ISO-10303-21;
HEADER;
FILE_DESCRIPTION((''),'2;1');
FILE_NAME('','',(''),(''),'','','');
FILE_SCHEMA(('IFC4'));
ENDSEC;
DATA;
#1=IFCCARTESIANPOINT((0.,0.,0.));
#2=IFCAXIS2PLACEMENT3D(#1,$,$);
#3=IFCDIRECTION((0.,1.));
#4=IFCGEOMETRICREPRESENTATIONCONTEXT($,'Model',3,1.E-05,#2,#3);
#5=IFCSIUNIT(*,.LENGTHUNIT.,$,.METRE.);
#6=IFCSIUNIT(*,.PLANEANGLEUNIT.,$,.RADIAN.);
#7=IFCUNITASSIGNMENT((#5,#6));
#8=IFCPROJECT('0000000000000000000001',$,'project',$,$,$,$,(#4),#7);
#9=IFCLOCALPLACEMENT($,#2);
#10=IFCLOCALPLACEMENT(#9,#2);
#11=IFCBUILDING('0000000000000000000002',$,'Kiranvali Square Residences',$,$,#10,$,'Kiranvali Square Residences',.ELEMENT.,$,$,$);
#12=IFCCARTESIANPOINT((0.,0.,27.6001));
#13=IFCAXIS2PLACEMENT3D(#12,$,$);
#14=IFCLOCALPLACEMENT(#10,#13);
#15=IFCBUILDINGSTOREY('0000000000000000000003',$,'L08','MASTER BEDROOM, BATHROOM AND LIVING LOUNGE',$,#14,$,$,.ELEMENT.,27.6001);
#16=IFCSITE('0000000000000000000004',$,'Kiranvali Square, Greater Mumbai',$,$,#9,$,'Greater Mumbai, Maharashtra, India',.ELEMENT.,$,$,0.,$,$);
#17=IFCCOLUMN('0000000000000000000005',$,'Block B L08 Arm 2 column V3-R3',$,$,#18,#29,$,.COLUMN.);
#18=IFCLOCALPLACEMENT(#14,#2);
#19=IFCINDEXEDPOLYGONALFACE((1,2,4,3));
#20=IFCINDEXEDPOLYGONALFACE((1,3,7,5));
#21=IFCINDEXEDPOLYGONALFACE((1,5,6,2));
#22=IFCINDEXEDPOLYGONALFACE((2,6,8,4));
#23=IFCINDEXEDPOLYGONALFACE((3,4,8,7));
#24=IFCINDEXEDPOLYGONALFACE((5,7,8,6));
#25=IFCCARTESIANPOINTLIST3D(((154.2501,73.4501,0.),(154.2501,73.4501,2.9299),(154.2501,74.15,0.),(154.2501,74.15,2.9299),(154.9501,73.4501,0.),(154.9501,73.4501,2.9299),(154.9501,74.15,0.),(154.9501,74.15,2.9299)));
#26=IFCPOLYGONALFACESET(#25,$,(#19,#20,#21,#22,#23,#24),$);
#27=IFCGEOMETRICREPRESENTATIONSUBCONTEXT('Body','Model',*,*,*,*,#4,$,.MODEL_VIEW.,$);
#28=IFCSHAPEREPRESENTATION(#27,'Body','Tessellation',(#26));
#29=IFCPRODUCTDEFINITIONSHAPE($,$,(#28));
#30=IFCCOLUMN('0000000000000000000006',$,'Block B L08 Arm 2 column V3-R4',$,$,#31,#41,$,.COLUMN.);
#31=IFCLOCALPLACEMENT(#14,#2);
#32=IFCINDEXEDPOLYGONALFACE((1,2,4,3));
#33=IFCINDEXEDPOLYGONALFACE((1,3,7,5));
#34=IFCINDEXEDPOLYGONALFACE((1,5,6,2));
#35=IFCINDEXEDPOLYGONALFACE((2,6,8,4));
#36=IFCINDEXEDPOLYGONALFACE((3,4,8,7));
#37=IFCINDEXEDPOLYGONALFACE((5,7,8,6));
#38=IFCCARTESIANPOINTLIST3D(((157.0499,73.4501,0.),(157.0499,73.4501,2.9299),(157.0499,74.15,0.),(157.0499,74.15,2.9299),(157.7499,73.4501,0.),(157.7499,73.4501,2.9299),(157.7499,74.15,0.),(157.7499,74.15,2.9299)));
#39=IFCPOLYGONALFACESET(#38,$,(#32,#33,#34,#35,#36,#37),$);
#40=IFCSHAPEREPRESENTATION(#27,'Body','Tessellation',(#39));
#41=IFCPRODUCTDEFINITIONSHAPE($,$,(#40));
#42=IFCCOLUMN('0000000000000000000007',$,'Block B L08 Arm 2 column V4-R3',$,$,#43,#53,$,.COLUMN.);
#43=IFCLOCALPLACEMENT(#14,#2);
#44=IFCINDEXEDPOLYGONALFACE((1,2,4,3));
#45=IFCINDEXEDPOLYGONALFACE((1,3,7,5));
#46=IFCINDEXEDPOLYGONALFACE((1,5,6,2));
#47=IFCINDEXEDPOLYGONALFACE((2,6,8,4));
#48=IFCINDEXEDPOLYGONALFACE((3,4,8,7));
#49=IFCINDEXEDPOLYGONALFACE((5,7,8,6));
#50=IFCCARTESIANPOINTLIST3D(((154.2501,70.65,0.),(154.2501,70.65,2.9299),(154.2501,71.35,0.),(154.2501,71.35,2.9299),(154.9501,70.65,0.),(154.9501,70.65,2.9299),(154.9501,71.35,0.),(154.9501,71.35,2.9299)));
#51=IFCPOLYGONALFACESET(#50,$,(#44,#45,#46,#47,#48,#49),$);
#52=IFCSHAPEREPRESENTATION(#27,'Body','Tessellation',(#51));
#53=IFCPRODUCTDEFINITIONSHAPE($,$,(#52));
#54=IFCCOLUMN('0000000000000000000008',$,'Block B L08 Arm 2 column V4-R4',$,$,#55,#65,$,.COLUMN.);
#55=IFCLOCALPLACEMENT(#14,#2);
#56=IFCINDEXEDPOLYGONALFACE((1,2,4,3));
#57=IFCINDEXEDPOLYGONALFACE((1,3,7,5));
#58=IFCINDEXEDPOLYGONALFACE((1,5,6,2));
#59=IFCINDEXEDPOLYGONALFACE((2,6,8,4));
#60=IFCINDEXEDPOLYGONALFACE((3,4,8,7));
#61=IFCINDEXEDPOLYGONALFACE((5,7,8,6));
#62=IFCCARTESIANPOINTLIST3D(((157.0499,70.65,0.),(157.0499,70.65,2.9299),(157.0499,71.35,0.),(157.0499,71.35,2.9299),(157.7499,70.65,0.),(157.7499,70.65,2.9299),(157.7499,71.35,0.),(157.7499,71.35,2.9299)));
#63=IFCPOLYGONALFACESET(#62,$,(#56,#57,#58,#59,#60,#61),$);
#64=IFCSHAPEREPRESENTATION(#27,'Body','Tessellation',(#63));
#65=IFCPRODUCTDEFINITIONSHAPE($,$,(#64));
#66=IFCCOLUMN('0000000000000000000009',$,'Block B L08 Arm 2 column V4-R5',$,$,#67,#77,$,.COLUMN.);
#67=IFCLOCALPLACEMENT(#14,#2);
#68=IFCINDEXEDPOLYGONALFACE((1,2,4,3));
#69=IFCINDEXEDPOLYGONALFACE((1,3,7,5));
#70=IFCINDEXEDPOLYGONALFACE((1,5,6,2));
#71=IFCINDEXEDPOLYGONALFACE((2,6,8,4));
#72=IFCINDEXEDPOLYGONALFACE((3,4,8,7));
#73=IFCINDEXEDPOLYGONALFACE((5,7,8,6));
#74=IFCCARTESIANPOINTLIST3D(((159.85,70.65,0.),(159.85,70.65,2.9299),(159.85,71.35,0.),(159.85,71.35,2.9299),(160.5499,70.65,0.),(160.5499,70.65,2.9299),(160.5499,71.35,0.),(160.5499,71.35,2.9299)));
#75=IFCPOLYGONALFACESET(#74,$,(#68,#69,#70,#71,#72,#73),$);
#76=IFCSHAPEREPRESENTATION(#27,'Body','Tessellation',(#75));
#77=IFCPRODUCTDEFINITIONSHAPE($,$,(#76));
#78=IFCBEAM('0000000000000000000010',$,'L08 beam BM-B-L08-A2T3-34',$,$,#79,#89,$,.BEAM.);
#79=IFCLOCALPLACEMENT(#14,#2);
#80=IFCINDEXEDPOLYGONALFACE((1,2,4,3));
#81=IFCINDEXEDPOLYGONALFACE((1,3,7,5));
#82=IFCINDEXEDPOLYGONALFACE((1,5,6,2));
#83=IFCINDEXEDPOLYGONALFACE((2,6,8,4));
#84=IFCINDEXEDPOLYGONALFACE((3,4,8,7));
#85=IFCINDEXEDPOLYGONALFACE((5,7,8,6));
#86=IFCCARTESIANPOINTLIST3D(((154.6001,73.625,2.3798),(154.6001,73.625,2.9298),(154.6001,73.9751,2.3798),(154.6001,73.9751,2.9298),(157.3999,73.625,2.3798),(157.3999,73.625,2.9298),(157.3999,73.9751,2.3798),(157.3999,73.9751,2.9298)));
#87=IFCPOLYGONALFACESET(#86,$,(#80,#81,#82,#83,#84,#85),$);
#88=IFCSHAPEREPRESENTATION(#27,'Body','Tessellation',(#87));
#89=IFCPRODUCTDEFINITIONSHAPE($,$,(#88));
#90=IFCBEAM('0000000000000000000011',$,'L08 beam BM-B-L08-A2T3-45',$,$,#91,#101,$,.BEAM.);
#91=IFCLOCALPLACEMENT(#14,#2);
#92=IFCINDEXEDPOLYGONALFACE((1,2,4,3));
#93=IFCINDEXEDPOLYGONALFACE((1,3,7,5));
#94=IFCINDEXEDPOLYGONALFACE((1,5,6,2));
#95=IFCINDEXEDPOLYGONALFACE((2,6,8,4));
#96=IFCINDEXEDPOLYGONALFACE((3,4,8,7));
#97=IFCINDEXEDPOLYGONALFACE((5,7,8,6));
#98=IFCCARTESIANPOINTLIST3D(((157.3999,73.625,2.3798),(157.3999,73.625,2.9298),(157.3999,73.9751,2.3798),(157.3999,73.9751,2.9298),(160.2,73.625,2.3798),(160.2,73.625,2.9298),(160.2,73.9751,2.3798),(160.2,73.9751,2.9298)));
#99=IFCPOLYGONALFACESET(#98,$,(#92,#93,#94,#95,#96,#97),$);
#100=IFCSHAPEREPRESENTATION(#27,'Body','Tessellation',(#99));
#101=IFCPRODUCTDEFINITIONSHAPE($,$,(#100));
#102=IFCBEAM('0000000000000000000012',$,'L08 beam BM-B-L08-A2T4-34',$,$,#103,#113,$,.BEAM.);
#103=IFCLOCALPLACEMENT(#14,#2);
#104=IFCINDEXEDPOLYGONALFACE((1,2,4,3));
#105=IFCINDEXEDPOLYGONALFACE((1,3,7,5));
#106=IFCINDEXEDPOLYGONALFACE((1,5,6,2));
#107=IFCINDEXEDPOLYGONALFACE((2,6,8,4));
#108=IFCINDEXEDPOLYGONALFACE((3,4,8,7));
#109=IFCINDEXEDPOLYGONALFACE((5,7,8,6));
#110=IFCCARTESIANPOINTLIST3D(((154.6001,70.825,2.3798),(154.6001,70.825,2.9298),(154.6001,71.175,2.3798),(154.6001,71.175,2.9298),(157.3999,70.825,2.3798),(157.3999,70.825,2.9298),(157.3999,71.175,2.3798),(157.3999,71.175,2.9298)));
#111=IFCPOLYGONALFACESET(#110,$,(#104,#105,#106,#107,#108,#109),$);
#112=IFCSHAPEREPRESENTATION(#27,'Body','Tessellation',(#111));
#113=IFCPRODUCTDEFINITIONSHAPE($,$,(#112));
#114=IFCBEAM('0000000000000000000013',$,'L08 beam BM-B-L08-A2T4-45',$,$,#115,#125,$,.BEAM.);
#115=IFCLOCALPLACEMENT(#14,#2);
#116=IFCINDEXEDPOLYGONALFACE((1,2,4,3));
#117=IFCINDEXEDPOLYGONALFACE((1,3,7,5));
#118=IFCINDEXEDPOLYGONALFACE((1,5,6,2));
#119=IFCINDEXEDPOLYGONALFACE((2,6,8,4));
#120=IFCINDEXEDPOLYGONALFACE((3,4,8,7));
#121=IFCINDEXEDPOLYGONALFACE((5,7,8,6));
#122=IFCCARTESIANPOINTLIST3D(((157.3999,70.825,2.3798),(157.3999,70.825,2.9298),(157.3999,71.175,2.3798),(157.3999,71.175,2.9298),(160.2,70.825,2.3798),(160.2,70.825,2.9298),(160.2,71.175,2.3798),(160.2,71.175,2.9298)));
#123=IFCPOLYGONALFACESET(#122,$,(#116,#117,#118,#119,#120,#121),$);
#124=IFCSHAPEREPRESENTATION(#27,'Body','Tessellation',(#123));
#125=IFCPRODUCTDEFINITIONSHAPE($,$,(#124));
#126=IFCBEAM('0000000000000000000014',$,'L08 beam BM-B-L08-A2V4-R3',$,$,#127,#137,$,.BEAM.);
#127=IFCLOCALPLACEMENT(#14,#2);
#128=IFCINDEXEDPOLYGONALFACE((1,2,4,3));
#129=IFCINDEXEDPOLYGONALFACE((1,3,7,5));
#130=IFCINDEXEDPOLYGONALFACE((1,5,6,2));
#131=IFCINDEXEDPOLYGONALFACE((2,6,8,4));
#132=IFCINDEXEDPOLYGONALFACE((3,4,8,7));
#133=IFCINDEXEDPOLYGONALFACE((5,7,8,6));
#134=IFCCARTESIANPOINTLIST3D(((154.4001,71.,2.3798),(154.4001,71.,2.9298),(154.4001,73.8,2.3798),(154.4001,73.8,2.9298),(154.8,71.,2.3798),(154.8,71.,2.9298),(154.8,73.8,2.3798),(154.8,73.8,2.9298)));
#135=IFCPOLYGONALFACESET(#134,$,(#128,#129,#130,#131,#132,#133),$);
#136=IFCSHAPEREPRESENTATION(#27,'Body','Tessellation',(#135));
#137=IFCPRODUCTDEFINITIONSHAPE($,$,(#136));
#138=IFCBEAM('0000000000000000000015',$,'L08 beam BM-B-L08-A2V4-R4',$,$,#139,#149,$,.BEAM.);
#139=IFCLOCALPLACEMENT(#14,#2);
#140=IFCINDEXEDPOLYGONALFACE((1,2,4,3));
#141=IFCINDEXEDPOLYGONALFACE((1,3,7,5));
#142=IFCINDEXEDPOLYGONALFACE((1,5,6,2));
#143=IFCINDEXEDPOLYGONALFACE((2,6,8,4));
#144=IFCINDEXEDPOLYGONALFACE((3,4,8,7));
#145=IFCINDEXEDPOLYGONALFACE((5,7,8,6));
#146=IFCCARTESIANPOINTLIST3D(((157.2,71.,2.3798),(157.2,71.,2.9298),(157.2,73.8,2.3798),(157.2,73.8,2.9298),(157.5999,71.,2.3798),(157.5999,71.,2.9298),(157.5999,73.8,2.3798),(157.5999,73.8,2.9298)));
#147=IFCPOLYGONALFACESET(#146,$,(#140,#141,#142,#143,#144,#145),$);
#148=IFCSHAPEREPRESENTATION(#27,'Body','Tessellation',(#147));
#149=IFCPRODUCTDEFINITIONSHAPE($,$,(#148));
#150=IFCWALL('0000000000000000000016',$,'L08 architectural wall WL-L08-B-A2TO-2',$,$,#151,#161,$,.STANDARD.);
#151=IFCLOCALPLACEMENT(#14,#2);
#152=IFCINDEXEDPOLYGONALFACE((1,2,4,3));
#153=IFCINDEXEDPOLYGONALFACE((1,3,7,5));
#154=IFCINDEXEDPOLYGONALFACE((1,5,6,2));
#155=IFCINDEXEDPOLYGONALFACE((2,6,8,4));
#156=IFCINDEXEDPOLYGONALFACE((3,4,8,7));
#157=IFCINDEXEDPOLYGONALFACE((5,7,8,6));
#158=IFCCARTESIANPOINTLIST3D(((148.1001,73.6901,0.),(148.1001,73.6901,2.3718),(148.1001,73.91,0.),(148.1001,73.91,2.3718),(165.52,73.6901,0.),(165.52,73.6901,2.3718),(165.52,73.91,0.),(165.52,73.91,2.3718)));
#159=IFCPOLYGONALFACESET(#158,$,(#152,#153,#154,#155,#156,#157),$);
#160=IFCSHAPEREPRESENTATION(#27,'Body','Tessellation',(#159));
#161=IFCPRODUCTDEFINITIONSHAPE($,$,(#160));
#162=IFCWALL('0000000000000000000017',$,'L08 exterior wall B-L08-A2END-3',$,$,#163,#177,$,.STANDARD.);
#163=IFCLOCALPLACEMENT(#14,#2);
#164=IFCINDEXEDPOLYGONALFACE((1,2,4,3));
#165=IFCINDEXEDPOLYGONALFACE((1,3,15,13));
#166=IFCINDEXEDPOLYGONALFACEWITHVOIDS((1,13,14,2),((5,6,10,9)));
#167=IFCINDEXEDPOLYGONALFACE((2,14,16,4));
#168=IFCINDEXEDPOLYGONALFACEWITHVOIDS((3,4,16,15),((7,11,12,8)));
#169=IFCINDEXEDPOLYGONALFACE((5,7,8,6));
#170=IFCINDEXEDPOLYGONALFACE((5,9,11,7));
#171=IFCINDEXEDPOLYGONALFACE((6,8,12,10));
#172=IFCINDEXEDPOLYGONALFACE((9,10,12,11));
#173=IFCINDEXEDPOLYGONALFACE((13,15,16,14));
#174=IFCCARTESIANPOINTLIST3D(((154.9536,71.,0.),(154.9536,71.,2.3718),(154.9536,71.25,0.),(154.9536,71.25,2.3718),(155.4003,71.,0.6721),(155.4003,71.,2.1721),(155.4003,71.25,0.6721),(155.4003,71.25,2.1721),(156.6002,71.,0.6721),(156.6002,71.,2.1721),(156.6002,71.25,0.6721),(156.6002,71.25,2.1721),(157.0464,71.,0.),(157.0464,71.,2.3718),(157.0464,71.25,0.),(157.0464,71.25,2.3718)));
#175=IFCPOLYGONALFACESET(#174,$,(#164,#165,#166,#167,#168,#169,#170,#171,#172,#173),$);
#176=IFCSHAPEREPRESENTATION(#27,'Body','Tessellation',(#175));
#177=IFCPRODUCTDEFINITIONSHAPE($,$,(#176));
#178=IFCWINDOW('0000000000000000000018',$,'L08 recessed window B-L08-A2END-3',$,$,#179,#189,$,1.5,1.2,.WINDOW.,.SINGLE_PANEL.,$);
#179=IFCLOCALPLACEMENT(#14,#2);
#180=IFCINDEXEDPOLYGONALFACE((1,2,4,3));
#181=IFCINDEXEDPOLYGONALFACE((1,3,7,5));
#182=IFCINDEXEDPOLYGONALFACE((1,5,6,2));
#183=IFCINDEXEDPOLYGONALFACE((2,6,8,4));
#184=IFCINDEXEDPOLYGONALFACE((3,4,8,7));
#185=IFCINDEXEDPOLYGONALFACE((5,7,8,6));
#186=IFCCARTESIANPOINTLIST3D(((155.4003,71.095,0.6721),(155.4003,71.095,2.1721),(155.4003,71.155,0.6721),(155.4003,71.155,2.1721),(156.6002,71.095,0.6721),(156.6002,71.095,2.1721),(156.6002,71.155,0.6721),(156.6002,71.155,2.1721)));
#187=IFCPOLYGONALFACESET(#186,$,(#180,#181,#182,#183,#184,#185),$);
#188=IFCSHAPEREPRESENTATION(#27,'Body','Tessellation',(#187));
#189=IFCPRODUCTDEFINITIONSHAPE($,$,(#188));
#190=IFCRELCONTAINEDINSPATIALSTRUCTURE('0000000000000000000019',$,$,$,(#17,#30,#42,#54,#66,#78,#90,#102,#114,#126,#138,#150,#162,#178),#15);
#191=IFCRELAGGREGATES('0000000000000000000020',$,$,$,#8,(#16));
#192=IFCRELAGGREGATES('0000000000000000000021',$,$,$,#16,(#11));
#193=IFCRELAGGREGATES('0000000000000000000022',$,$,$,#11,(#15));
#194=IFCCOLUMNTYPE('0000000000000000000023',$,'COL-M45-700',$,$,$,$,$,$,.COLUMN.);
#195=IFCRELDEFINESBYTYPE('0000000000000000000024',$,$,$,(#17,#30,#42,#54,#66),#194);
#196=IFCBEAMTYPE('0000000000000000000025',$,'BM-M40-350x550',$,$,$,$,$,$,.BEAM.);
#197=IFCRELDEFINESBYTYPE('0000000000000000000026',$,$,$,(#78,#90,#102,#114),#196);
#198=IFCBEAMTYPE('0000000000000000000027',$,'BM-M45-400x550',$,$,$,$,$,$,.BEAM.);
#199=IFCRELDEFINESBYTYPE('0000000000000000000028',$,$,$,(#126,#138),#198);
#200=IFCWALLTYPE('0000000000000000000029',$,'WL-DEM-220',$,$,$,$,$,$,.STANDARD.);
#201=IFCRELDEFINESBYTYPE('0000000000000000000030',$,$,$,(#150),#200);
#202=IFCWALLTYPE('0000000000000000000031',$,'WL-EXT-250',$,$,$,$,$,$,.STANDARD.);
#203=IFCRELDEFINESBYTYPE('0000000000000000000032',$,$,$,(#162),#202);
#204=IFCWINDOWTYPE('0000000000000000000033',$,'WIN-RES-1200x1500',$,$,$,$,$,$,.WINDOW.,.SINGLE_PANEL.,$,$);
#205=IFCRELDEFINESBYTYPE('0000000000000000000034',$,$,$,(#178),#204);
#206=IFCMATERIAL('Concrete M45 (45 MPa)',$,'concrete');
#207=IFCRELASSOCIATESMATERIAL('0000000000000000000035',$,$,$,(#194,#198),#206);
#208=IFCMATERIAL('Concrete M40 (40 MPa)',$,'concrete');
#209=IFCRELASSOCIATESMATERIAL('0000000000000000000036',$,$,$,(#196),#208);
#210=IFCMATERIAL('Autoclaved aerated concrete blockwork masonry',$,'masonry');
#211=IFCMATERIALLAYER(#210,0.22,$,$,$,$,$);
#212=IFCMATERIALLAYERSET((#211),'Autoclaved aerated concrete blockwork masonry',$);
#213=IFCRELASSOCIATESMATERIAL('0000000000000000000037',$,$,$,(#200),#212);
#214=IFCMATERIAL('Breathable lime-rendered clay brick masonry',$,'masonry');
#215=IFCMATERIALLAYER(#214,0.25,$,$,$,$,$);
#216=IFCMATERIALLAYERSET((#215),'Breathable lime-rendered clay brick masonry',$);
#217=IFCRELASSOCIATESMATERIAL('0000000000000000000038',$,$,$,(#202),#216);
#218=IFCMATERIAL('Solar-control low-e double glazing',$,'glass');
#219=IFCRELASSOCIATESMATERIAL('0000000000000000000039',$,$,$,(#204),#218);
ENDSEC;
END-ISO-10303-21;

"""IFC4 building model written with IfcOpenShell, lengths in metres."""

from ifc_helpers import new_model, si_unit, direction, frame, frame_2d, origin, origin_2d, place, context, subcontext, project, spatial, rectangle, extrude, material, layer, layer_set, material_profile, profile_set, type_object, element, fill, save


model = new_model("IFC4")

# Units and contexts
model_context = context("Model", 3, precision=1e-05, world=origin(), true_north=direction((0.0, 1.0)))
body_context = subcontext(model_context, "Body", "Model", "MODEL_VIEW")
ifc_project = project(units=[si_unit("LENGTHUNIT", "METRE"), si_unit("PLANEANGLEUNIT", "RADIAN")], contexts=[model_context])

# Site, building, storey
site_placement = place(None, origin())
site = spatial("IfcSite", under=ifc_project, at=site_placement, Name="Kiranvali Square, Greater Mumbai", LongName="Greater Mumbai, Maharashtra, India", CompositionType="ELEMENT", RefElevation=0.0)
building_placement = place(site_placement, origin())
building = spatial("IfcBuilding", under=site, at=building_placement, Name="Kiranvali Square Residences", LongName="Kiranvali Square Residences", CompositionType="ELEMENT")
storey_placement = place(building_placement, frame((0.0, 0.0, 27.6001)))
storey = spatial("IfcBuildingStorey", under=building, at=storey_placement, Name="L08", Description="MASTER BEDROOM, BATHROOM AND LIVING LOUNGE", CompositionType="ELEMENT", Elevation=27.6001)

# Columns
ifc_material_1 = material(Name="Concrete M45 (45 MPa)", Category="concrete")
ifc_material_profile_1 = material_profile(ifc_material_1, rectangle(XDim=0.7, YDim=0.7, at=origin_2d()), Name="RC 700x700")
ifc_profile_set_1 = profile_set([ifc_material_profile_1], Name="Concrete M45 (45 MPa)")
column_type = type_object("IfcColumnType", Name="COL-M45-700", PredefinedType="COLUMN", material=ifc_profile_set_1)
for number, where, z_axis, x_axis, name in (
    (1, (154.6001, 73.8, 0.0), (0.0, 0.0, 1.0), (1.0, 0.0, 0.0), "Block B L08 Arm 2 column V3-R3"),
    (2, (157.3999, 73.8, 0.0), (0.0, 0.0, 1.0), (1.0, 0.0, 0.0), "Block B L08 Arm 2 column V3-R4"),
    (3, (154.6001, 71.0, 0.0), (0.0, 0.0, 1.0), (1.0, 0.0, 0.0), "Block B L08 Arm 2 column V4-R3"),
    (4, (157.3999, 71.0, 0.0), (0.0, 0.0, 1.0), (1.0, 0.0, 0.0), "Block B L08 Arm 2 column V4-R4"),
    (5, (160.2, 71.0, 0.0), (0.0, 0.0, 1.0), (1.0, 0.0, 0.0), "Block B L08 Arm 2 column V4-R5"),
):
    element("IfcColumn", number, at=place(storey_placement, frame(where, z_axis=z_axis, x_axis=x_axis)), inside=storey, type_object=column_type, Name=name, PredefinedType="COLUMN", context=body_context, shape_type="SweptSolid", body=[
        extrude(rectangle(XDim=0.7, YDim=0.7, at=origin_2d()), origin(), (0.0, 0.0, 1.0), 2.9299),
    ])

# Beams
ifc_material_2 = material(Name="Concrete M40 (40 MPa)", Category="concrete")
ifc_material_profile_2 = material_profile(ifc_material_2, rectangle(XDim=0.3501, YDim=0.55, at=origin_2d()), Name="RC 350x550")
ifc_profile_set_2 = profile_set([ifc_material_profile_2], Name="Concrete M40 (40 MPa)")
beam_type_1 = type_object("IfcBeamType", Name="BM-M40-350x550", PredefinedType="BEAM", material=ifc_profile_set_2)
beam_1_placement = place(storey_placement, frame((154.6001, 73.8, 2.6548), z_axis=(1.0, 0.0, 0.0), x_axis=(0.0, 1.0, 0.0)))
element("IfcBeam", 6, at=beam_1_placement, inside=storey, type_object=beam_type_1, Name="L08 beam BM-B-L08-A2T3-34", PredefinedType="BEAM", context=body_context, shape_type="SweptSolid", body=[
    extrude(rectangle(XDim=0.3501, YDim=0.55, at=origin_2d()), origin(), (0.0, 0.0, 1.0), 2.7998),
])
beam_2_placement = place(storey_placement, frame((157.3999, 73.8, 2.6548), z_axis=(1.0, 0.0, 0.0), x_axis=(0.0, 1.0, 0.0)))
element("IfcBeam", 7, at=beam_2_placement, inside=storey, type_object=beam_type_1, Name="L08 beam BM-B-L08-A2T3-45", PredefinedType="BEAM", context=body_context, shape_type="SweptSolid", body=[
    extrude(rectangle(XDim=0.3501, YDim=0.55, at=origin_2d()), origin(), (0.0, 0.0, 1.0), 2.8),
])
beam_3_placement = place(storey_placement, frame((154.6001, 71.0, 2.6548), z_axis=(1.0, 0.0, 0.0), x_axis=(0.0, 1.0, 0.0)))
element("IfcBeam", 8, at=beam_3_placement, inside=storey, type_object=beam_type_1, Name="L08 beam BM-B-L08-A2T4-34", PredefinedType="BEAM", context=body_context, shape_type="SweptSolid", body=[
    extrude(rectangle(XDim=0.3501, YDim=0.55, at=origin_2d()), origin(), (0.0, 0.0, 1.0), 2.7998),
])
beam_4_placement = place(storey_placement, frame((157.3999, 71.0, 2.6548), z_axis=(1.0, 0.0, 0.0), x_axis=(0.0, 1.0, 0.0)))
element("IfcBeam", 9, at=beam_4_placement, inside=storey, type_object=beam_type_1, Name="L08 beam BM-B-L08-A2T4-45", PredefinedType="BEAM", context=body_context, shape_type="SweptSolid", body=[
    extrude(rectangle(XDim=0.3501, YDim=0.55, at=origin_2d()), origin(), (0.0, 0.0, 1.0), 2.8),
])
ifc_material_profile_3 = material_profile(ifc_material_1, rectangle(XDim=0.3999, YDim=0.55, at=origin_2d()), Name="RC 400x550")
ifc_profile_set_3 = profile_set([ifc_material_profile_3], Name="Concrete M45 (45 MPa)")
beam_type_2 = type_object("IfcBeamType", Name="BM-M45-400x550", PredefinedType="BEAM", material=ifc_profile_set_3)
for number, where, z_axis, x_axis, name in (
    (10, (154.6001, 73.8, 2.6548), (0.0, -1.0, 0.0), (1.0, 0.0, 0.0), "L08 beam BM-B-L08-A2V4-R3"),
    (11, (157.3999, 73.8, 2.6548), (0.0, -1.0, 0.0), (1.0, 0.0, 0.0), "L08 beam BM-B-L08-A2V4-R4"),
):
    element("IfcBeam", number, at=place(storey_placement, frame(where, z_axis=z_axis, x_axis=x_axis)), inside=storey, type_object=beam_type_2, Name=name, PredefinedType="BEAM", context=body_context, shape_type="SweptSolid", body=[
        extrude(rectangle(XDim=0.3999, YDim=0.55, at=origin_2d()), origin(), (0.0, 0.0, 1.0), 2.8),
    ])

# Wall
ifc_material_3 = material(Name="Autoclaved aerated concrete blockwork masonry", Category="masonry")
ifc_layer_1 = layer(ifc_material_3, 0.22)
ifc_layer_set_1 = layer_set([ifc_layer_1], Name="Autoclaved aerated concrete blockwork masonry")
wall_type_1 = type_object("IfcWallType", Name="WL-DEM-220", PredefinedType="STANDARD", material=ifc_layer_set_1)
wall_1_placement = place(storey_placement, frame((148.1001, 73.8, 0.0), z_axis=(0.0, 0.0, 1.0), x_axis=(1.0, 0.0, 0.0)))
element("IfcWall", 12, at=wall_1_placement, inside=storey, type_object=wall_type_1, Name="L08 architectural wall WL-L08-B-A2TO-2", PredefinedType="STANDARD", context=body_context, shape_type="SweptSolid", body=[
    extrude(rectangle(XDim=17.4199, YDim=0.22, at=frame_2d((8.71, 0.0))), origin(), (0.0, 0.0, 1.0), 2.3718),
])

# Shared definitions
ifc_material_4 = material(Name="Breathable lime-rendered clay brick masonry", Category="masonry")
ifc_layer_2 = layer(ifc_material_4, 0.25)
ifc_layer_set_2 = layer_set([ifc_layer_2], Name="Breathable lime-rendered clay brick masonry")
wall_type_2 = type_object("IfcWallType", Name="WL-EXT-250", PredefinedType="STANDARD", material=ifc_layer_set_2)
ifc_material_5 = material(Name="Solar-control low-e double glazing", Category="glass")
window_type = type_object("IfcWindowType", Name="WIN-RES-1200x1500", PartitioningType="SINGLE_PANEL", PredefinedType="WINDOW", material=ifc_material_5)

# Wall, opening, window
wall_2_placement = place(storey_placement, frame((154.9536, 71.125, 0.0), z_axis=(0.0, 0.0, 1.0), x_axis=(1.0, 0.0, 0.0)))
wall_2 = element("IfcWall", 13, at=wall_2_placement, inside=storey, type_object=wall_type_2, Name="L08 exterior wall B-L08-A2END-3", PredefinedType="STANDARD", context=body_context, shape_type="SweptSolid", body=[
    extrude(rectangle(XDim=2.0928, YDim=0.25, at=frame_2d((1.0464, 0.0))), origin(), (0.0, 0.0, 1.0), 2.3718),
])
opening_1_placement = place(wall_2_placement, frame((0.4465, 0.0, 0.6721)))
opening_1 = element("IfcOpeningElement", 14, at=opening_1_placement, cuts=wall_2, PredefinedType="OPENING", context=body_context, shape_type="SweptSolid", body=[
    extrude(rectangle(XDim=1.2, YDim=1.5, at=frame_2d((0.6001, 0.75))), frame((0.0, 0.135, 0.0), z_axis=(0.0, -1.0, 0.0), x_axis=(1.0, 0.0, 0.0)), (0.0, 0.0, 1.0), 0.27),
])
window_1_placement = place(opening_1_placement, origin())
window_1 = element("IfcWindow", 15, at=window_1_placement, inside=storey, type_object=window_type, Name="L08 recessed window B-L08-A2END-3", OverallHeight=1.5, OverallWidth=1.2, PartitioningType="SINGLE_PANEL", PredefinedType="WINDOW", context=body_context, shape_type="SweptSolid", body=[
    extrude(rectangle(XDim=1.2, YDim=1.5, at=frame_2d((0.6001, 0.75))), frame((0.0, 0.03, 0.0), z_axis=(0.0, -1.0, 0.0), x_axis=(1.0, 0.0, 0.0)), (0.0, 0.0, 1.0), 0.0601),
])
fill(opening_1, window_1)

save(model, "model.ifc")
